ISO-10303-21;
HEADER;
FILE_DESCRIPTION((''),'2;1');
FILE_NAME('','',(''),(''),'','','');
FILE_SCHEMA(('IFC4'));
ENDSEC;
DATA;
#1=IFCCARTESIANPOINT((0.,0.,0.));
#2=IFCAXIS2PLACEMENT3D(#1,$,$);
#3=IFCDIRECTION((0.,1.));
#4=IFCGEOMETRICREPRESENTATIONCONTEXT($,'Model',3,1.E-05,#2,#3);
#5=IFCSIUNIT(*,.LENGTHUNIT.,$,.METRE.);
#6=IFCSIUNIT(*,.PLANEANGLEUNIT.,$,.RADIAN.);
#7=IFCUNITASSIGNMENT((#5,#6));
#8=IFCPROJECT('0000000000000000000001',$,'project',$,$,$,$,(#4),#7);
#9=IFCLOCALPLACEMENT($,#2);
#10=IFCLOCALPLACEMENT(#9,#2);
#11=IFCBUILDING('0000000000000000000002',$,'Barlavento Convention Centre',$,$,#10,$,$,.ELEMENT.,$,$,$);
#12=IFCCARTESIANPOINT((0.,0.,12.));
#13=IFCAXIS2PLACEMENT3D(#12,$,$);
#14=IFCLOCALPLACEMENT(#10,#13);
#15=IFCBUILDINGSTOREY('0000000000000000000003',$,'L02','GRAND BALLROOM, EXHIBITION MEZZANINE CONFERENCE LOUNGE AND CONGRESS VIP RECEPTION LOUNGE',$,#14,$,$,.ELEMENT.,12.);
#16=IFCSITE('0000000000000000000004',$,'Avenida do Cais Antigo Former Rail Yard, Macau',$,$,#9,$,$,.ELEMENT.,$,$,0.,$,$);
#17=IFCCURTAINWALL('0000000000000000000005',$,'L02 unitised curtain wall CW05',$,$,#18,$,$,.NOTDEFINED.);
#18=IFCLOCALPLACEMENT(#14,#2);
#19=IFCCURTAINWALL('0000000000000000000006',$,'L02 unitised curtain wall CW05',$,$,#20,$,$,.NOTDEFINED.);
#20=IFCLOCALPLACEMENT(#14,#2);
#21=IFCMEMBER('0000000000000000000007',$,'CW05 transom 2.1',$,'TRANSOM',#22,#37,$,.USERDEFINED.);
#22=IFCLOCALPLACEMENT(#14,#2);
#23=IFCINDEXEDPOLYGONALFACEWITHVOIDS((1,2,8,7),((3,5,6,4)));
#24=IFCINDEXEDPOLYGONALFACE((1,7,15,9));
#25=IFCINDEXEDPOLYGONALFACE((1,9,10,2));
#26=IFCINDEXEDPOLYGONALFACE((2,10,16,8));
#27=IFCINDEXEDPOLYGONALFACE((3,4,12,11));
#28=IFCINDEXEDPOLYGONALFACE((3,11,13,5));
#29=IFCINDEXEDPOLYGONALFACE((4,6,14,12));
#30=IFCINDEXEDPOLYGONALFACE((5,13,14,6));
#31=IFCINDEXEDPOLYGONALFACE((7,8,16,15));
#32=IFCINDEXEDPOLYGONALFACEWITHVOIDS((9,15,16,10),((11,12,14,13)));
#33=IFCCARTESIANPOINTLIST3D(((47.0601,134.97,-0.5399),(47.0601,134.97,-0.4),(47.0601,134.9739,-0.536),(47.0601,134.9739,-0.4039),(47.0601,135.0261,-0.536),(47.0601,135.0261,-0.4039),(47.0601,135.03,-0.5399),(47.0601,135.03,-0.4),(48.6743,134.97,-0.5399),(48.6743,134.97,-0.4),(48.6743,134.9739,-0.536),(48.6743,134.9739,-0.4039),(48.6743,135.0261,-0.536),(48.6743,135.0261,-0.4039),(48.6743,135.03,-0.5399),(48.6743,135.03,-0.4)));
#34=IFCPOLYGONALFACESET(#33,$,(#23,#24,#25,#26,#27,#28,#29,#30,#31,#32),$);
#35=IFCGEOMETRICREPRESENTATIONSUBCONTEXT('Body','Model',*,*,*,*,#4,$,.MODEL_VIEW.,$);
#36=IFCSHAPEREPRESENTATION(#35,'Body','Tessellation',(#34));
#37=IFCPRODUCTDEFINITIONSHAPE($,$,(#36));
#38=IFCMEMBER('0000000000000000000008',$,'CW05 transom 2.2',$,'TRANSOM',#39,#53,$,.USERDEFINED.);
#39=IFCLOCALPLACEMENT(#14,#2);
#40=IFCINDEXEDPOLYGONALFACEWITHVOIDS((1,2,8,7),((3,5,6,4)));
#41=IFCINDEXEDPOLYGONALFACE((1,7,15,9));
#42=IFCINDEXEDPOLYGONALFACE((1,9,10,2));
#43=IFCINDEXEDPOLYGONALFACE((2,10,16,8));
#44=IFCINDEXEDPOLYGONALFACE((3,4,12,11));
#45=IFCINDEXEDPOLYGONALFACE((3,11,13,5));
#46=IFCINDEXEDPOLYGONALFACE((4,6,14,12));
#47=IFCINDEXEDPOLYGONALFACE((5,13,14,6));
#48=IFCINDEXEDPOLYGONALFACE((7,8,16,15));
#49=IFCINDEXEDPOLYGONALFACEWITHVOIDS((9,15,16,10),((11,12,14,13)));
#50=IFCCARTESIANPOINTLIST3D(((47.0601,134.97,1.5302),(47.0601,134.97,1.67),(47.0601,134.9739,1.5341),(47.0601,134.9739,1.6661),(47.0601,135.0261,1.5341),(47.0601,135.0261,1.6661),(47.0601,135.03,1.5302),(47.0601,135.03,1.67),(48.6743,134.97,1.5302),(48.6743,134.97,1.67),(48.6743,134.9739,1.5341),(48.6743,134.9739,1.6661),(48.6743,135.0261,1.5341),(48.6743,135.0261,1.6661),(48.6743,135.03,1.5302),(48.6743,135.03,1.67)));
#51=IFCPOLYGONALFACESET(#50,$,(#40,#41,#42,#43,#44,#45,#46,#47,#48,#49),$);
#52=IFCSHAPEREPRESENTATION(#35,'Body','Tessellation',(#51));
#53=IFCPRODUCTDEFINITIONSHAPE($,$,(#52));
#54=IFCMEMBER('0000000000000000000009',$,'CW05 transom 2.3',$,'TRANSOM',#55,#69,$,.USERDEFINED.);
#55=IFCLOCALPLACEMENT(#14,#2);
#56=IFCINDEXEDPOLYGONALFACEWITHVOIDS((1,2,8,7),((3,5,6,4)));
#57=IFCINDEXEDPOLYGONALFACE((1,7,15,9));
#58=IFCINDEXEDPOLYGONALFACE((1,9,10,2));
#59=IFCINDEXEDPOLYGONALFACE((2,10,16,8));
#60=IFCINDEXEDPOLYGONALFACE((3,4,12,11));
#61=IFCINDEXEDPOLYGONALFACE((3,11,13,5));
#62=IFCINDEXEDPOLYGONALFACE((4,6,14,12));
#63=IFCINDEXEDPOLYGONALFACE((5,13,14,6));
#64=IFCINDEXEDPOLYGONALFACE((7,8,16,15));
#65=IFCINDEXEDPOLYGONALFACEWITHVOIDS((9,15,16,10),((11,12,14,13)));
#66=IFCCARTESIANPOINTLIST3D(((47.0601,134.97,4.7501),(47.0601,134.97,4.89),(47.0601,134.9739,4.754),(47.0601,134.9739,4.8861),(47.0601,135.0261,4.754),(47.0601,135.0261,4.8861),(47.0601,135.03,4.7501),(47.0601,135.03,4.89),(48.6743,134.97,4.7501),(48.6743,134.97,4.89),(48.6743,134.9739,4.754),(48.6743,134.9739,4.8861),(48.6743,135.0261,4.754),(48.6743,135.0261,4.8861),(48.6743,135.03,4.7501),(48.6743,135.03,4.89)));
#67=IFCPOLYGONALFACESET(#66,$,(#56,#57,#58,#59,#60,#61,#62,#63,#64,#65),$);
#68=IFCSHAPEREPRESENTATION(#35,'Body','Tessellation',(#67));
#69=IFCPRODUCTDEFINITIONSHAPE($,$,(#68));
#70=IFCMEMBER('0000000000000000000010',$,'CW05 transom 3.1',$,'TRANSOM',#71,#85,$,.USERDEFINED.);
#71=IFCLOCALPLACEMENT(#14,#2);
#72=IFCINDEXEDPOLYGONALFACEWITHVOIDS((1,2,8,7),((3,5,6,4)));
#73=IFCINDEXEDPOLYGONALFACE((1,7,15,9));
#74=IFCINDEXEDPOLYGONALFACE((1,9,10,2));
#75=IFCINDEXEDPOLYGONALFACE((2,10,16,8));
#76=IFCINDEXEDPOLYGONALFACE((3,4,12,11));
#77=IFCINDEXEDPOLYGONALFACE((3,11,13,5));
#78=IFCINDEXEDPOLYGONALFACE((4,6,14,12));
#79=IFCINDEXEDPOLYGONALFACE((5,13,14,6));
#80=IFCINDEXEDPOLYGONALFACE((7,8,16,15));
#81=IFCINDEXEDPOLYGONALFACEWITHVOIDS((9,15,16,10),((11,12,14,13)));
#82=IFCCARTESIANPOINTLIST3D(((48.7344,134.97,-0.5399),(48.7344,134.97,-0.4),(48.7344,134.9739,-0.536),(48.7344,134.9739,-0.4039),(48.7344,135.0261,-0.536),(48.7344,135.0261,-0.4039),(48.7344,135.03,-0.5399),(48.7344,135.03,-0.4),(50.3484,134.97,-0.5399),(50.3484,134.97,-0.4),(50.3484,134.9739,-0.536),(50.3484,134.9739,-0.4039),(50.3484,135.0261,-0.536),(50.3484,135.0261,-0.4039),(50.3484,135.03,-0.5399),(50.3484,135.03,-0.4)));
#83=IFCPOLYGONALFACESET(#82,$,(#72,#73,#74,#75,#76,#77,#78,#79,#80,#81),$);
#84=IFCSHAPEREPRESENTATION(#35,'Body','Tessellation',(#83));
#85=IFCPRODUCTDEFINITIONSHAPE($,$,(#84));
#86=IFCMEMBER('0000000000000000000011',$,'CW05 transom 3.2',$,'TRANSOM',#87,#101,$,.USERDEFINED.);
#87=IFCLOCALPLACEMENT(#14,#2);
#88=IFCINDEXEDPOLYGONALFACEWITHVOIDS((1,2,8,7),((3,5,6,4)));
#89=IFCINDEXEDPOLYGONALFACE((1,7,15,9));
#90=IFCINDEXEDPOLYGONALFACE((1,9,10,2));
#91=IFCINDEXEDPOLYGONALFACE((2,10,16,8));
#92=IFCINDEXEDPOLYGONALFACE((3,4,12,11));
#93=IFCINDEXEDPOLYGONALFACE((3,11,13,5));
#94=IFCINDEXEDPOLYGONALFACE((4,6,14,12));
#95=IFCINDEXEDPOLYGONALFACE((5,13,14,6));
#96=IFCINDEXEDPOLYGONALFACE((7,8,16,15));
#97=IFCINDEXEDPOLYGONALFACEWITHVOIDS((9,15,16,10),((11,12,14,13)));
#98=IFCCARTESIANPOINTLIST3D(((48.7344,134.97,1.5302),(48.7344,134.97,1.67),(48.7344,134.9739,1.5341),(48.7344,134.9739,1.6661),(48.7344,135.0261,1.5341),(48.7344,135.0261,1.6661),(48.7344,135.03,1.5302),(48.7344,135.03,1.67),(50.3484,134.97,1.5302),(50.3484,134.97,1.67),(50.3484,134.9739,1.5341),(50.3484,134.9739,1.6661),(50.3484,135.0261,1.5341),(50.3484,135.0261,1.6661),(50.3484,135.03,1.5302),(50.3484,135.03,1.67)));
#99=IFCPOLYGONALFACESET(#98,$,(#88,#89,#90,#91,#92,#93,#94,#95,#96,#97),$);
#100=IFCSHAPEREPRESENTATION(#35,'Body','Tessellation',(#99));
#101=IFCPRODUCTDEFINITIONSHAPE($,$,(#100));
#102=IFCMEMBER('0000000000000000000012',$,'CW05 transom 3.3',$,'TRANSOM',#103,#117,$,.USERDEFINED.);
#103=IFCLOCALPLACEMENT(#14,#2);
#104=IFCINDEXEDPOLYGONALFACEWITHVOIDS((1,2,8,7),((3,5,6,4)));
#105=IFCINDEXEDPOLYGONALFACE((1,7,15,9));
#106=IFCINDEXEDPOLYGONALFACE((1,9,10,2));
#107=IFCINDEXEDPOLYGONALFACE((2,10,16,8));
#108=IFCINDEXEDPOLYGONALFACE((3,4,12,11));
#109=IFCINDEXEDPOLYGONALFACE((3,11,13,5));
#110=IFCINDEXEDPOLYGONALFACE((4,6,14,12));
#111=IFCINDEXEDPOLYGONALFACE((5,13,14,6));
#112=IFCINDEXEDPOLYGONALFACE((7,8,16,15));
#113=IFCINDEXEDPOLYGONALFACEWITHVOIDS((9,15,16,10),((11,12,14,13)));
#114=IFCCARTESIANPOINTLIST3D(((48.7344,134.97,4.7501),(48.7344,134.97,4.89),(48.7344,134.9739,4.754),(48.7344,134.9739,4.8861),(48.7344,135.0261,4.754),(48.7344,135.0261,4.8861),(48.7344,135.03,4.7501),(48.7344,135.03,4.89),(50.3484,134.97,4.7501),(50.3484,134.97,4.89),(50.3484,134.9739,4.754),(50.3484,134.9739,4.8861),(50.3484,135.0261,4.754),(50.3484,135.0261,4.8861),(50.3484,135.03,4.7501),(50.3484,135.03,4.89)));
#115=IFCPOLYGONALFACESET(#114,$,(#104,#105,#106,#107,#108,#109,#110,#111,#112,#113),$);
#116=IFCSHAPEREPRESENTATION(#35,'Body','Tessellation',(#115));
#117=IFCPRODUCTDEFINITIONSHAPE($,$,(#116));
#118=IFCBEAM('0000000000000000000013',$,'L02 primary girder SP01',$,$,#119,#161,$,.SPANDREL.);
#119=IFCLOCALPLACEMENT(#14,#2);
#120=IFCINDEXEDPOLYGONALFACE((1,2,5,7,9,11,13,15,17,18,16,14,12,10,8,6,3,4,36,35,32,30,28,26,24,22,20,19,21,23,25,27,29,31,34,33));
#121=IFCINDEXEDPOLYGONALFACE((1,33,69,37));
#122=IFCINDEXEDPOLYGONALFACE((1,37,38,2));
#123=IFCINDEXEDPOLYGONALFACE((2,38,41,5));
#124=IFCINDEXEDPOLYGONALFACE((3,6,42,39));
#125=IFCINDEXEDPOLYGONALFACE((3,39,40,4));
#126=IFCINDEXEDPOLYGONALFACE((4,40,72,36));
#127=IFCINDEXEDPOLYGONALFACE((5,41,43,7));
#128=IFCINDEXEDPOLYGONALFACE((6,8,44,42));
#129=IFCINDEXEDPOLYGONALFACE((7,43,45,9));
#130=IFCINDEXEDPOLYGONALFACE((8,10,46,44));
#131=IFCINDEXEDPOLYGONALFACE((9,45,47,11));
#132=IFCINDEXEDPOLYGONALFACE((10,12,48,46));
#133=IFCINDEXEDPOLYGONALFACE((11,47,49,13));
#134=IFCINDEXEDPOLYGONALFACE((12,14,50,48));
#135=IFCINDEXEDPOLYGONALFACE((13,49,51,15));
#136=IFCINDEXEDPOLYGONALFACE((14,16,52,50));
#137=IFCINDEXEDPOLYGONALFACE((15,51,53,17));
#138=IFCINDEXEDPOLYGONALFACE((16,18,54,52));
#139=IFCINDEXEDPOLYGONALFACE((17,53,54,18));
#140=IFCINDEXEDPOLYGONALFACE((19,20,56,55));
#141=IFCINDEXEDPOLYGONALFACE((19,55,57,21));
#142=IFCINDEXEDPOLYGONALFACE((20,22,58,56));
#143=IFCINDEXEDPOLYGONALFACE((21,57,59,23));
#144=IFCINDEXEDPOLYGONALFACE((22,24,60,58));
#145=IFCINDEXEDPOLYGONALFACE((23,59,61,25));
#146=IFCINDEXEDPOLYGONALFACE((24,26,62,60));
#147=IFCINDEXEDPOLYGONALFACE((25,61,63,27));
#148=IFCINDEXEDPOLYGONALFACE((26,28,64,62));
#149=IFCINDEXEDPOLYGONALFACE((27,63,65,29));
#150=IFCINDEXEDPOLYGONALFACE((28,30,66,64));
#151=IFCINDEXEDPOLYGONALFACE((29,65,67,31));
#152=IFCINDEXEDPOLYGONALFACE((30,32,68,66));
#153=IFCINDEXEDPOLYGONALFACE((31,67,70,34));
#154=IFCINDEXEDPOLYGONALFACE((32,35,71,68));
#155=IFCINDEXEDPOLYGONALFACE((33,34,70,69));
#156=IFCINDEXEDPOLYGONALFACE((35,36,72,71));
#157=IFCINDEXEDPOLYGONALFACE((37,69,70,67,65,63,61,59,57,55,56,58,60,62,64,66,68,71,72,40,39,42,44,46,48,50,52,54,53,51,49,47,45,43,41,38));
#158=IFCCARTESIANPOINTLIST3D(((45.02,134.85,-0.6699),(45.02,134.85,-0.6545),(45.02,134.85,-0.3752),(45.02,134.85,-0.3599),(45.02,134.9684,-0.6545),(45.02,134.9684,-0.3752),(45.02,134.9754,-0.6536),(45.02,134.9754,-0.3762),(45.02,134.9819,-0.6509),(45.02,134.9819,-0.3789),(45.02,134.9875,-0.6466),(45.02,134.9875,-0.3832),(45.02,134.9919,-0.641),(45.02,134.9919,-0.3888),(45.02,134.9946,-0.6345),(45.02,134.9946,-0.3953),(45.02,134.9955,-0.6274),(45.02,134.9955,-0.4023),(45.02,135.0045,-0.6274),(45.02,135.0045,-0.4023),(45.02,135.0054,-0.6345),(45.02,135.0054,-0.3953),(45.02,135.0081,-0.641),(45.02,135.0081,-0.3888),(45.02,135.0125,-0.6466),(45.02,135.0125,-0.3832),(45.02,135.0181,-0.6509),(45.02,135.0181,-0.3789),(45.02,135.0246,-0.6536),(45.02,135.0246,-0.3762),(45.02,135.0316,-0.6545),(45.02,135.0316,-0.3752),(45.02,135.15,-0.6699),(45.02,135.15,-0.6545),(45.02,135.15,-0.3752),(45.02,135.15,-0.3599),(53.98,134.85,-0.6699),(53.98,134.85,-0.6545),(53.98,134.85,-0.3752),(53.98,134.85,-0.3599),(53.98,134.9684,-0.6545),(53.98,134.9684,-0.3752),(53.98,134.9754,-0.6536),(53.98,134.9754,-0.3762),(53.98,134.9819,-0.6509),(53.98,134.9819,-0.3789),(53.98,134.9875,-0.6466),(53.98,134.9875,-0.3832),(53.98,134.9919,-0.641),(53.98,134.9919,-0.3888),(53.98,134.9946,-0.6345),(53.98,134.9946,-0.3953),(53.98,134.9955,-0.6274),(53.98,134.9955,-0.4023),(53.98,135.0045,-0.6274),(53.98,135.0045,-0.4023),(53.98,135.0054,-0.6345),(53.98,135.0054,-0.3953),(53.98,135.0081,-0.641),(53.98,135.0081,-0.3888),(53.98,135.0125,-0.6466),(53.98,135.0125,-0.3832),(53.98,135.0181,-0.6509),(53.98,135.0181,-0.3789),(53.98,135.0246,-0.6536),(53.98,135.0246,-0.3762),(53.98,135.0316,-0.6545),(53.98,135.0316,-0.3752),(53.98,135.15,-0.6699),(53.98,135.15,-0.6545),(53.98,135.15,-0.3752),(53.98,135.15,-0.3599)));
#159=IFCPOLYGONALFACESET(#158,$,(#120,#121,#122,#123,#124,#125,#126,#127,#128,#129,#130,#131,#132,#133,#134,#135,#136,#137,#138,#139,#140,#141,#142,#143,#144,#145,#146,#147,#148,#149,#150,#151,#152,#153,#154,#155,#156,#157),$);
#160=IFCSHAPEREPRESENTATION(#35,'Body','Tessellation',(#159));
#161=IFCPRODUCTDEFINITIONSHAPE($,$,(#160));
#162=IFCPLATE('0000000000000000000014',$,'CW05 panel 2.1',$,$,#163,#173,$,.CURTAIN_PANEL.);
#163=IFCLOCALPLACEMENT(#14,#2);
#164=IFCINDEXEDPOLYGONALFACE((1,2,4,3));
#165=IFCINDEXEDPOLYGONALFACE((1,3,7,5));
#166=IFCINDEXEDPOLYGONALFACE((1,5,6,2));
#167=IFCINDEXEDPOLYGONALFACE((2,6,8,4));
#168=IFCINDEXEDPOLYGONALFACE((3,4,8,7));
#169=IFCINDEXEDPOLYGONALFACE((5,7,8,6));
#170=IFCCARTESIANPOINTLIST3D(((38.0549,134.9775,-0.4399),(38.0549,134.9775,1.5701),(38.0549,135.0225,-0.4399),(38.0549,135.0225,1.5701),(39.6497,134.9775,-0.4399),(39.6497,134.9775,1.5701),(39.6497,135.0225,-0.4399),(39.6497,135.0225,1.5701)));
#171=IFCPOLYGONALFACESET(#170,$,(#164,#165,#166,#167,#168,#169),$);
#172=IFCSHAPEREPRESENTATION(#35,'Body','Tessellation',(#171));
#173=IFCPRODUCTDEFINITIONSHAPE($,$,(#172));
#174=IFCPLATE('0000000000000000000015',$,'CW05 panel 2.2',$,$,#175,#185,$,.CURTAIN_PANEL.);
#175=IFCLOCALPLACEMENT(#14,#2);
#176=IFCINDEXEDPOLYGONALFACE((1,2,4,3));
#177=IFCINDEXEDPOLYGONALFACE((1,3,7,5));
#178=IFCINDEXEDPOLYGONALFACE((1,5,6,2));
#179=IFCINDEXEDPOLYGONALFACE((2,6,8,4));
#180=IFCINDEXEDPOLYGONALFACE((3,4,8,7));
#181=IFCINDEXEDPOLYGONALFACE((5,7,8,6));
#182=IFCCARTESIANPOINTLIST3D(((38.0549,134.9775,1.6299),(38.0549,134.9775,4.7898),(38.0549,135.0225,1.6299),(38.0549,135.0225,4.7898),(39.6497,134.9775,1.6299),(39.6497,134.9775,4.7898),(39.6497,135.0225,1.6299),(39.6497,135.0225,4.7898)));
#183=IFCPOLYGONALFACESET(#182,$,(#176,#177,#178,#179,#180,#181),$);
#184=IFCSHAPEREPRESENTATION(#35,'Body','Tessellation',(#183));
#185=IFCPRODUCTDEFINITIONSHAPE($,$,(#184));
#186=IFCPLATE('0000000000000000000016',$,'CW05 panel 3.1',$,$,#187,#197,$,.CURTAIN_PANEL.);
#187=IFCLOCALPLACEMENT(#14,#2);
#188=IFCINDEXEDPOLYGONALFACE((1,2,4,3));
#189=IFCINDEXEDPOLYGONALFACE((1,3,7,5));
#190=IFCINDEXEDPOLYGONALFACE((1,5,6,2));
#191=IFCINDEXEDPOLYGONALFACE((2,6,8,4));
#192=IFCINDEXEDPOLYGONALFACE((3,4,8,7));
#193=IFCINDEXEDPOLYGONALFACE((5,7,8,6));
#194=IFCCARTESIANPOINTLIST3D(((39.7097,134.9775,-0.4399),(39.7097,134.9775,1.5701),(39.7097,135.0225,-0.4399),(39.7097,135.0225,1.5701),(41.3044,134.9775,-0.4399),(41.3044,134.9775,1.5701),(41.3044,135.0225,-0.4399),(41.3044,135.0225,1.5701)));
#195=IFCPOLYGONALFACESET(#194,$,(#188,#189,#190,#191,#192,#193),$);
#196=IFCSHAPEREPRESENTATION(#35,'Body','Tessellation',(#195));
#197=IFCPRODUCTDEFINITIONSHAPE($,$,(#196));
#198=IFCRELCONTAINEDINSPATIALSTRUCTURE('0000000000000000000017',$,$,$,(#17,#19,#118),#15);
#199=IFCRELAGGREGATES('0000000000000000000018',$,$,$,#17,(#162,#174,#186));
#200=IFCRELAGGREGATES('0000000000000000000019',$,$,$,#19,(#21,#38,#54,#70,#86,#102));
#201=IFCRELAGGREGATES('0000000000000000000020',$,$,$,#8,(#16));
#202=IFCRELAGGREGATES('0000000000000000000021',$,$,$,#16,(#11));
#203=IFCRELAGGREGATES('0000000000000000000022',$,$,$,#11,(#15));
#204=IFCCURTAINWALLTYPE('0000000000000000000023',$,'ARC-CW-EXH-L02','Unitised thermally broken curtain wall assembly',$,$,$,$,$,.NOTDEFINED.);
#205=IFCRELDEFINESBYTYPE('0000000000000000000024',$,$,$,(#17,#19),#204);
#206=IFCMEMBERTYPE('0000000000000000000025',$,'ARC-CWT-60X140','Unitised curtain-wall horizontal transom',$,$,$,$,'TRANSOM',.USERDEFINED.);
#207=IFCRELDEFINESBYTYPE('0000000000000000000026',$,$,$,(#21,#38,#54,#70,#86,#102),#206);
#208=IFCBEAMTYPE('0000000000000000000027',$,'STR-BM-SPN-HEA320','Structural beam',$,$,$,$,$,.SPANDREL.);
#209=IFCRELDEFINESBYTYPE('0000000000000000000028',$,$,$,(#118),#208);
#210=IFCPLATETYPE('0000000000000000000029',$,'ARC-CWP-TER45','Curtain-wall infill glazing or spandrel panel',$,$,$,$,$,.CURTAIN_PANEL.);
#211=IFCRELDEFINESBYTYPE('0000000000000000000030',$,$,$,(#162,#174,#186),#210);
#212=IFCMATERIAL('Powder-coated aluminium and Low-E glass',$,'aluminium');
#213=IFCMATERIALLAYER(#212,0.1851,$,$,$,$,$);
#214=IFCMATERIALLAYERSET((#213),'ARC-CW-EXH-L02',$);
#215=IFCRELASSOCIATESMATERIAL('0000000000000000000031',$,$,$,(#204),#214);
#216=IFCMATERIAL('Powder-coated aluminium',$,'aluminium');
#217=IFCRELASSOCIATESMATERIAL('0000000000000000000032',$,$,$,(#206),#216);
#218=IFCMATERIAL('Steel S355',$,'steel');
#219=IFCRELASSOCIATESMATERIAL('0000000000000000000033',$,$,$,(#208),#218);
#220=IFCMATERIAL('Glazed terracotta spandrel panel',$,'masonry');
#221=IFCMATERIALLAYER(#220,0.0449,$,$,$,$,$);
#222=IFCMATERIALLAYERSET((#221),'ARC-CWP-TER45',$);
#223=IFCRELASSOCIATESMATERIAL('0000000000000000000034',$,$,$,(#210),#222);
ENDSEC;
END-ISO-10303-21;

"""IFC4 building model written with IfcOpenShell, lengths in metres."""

from ifc_helpers import new_model, si_unit, direction, frame, origin, origin_2d, place, context, subcontext, project, spatial, rectangle, hollow_rectangle, i_section, extrude, material, layer, layer_set, material_profile, profile_set, type_object, element, aggregate, save


model = new_model("IFC4")

# Units and contexts
model_context = context("Model", 3, precision=1e-05, world=origin(), true_north=direction((0.0, 1.0)))
body_context = subcontext(model_context, "Body", "Model", "MODEL_VIEW")
ifc_project = project(units=[si_unit("LENGTHUNIT", "METRE"), si_unit("PLANEANGLEUNIT", "RADIAN")], contexts=[model_context])

# Site, building, storey
site_placement = place(None, origin())
site = spatial("IfcSite", under=ifc_project, at=site_placement, Name="Avenida do Cais Antigo Former Rail Yard, Macau", CompositionType="ELEMENT", RefElevation=0.0)
building_placement = place(site_placement, origin())
building = spatial("IfcBuilding", under=site, at=building_placement, Name="Barlavento Convention Centre", CompositionType="ELEMENT")
storey_placement = place(building_placement, frame((0.0, 0.0, 12.0)))
storey = spatial("IfcBuildingStorey", under=building, at=storey_placement, Name="L02", Description="GRAND BALLROOM, EXHIBITION MEZZANINE CONFERENCE LOUNGE AND CONGRESS VIP RECEPTION LOUNGE", CompositionType="ELEMENT", Elevation=12.0)

# Shared definitions
ifc_material_1 = material(Name="Steel S355", Category="steel")

# Curtain walls
ifc_material_2 = material(Name="Powder-coated aluminium and Low-E glass", Category="aluminium")
ifc_layer_1 = layer(ifc_material_2, 0.1851)
ifc_layer_set_1 = layer_set([ifc_layer_1], Name="ARC-CW-EXH-L02")
curtain_wall_type = type_object("IfcCurtainWallType", Name="ARC-CW-EXH-L02", Description="Unitised thermally broken curtain wall assembly", PredefinedType="NOTDEFINED", material=ifc_layer_set_1)
curtain_wall_1_placement = place(storey_placement, origin())
curtain_wall_1 = element("IfcCurtainWall", 1, at=curtain_wall_1_placement, inside=storey, type_object=curtain_wall_type, Name="L02 unitised curtain wall CW05", PredefinedType="NOTDEFINED")
ifc_material_3 = material(Name="Powder-coated aluminium", Category="aluminium")
curtain_wall_2_placement = place(storey_placement, origin())
curtain_wall_2 = element("IfcCurtainWall", 2, at=curtain_wall_2_placement, inside=storey, type_object=curtain_wall_type, Name="L02 unitised curtain wall CW05", PredefinedType="NOTDEFINED")

# Members
ifc_material_profile_1 = material_profile(ifc_material_3, hollow_rectangle(XDim=0.0601, YDim=0.1399, WallThickness=0.0039, at=origin_2d()), Name="AL-TRAN 60x140x4")
ifc_profile_set_1 = profile_set([ifc_material_profile_1], Name="Powder-coated aluminium")
member_type_1 = type_object("IfcMemberType", Name="ARC-CWT-60X140", Description="Unitised curtain-wall horizontal transom", ElementType="TRANSOM", PredefinedType="USERDEFINED", material=ifc_profile_set_1)
member_1_placement = place(storey_placement, frame((47.0601, 135.0, -0.47), z_axis=(1.0, 0.0, 0.0), x_axis=(0.0, 1.0, 0.0)))
member_1 = element("IfcMember", 3, at=member_1_placement, type_object=member_type_1, Name="CW05 transom 2.1", ObjectType="TRANSOM", PredefinedType="USERDEFINED", context=body_context, shape_type="SweptSolid", body=[
    extrude(hollow_rectangle(XDim=0.0601, YDim=0.1399, WallThickness=0.0039, at=origin_2d()), origin(), (0.0, 0.0, 1.0), 1.6143),
])
member_2_placement = place(storey_placement, frame((47.0601, 135.0, 1.6001), z_axis=(1.0, 0.0, 0.0), x_axis=(0.0, 1.0, 0.0)))
member_2 = element("IfcMember", 4, at=member_2_placement, type_object=member_type_1, Name="CW05 transom 2.2", ObjectType="TRANSOM", PredefinedType="USERDEFINED", context=body_context, shape_type="SweptSolid", body=[
    extrude(hollow_rectangle(XDim=0.0601, YDim=0.1399, WallThickness=0.0039, at=origin_2d()), origin(), (0.0, 0.0, 1.0), 1.6143),
])
member_3_placement = place(storey_placement, frame((47.0601, 135.0, 4.8201), z_axis=(1.0, 0.0, 0.0), x_axis=(0.0, 1.0, 0.0)))
member_3 = element("IfcMember", 5, at=member_3_placement, type_object=member_type_1, Name="CW05 transom 2.3", ObjectType="TRANSOM", PredefinedType="USERDEFINED", context=body_context, shape_type="SweptSolid", body=[
    extrude(hollow_rectangle(XDim=0.0601, YDim=0.1399, WallThickness=0.0039, at=origin_2d()), origin(), (0.0, 0.0, 1.0), 1.6143),
])
member_4_placement = place(storey_placement, frame((48.7344, 135.0, -0.47), z_axis=(1.0, 0.0, 0.0), x_axis=(0.0, 1.0, 0.0)))
member_4 = element("IfcMember", 6, at=member_4_placement, type_object=member_type_1, Name="CW05 transom 3.1", ObjectType="TRANSOM", PredefinedType="USERDEFINED", context=body_context, shape_type="SweptSolid", body=[
    extrude(hollow_rectangle(XDim=0.0601, YDim=0.1399, WallThickness=0.0039, at=origin_2d()), origin(), (0.0, 0.0, 1.0), 1.614),
])
member_5_placement = place(storey_placement, frame((48.7344, 135.0, 1.6001), z_axis=(1.0, 0.0, 0.0), x_axis=(0.0, 1.0, 0.0)))
member_5 = element("IfcMember", 7, at=member_5_placement, type_object=member_type_1, Name="CW05 transom 3.2", ObjectType="TRANSOM", PredefinedType="USERDEFINED", context=body_context, shape_type="SweptSolid", body=[
    extrude(hollow_rectangle(XDim=0.0601, YDim=0.1399, WallThickness=0.0039, at=origin_2d()), origin(), (0.0, 0.0, 1.0), 1.614),
])
member_6_placement = place(storey_placement, frame((48.7344, 135.0, 4.8201), z_axis=(1.0, 0.0, 0.0), x_axis=(0.0, 1.0, 0.0)))
member_6 = element("IfcMember", 8, at=member_6_placement, type_object=member_type_1, Name="CW05 transom 3.3", ObjectType="TRANSOM", PredefinedType="USERDEFINED", context=body_context, shape_type="SweptSolid", body=[
    extrude(hollow_rectangle(XDim=0.0601, YDim=0.1399, WallThickness=0.0039, at=origin_2d()), origin(), (0.0, 0.0, 1.0), 1.614),
])

# Beam
ifc_material_profile_2 = material_profile(ifc_material_1, i_section(OverallWidth=0.3, OverallDepth=0.3101, WebThickness=0.009, FlangeThickness=0.0154, FilletRadius=0.0271, at=origin_2d()), Name="HEA 320")
ifc_profile_set_2 = profile_set([ifc_material_profile_2], Name="Steel S355")
beam_type = type_object("IfcBeamType", Name="STR-BM-SPN-HEA320", Description="Structural beam", PredefinedType="SPANDREL", material=ifc_profile_set_2)
beam_placement = place(storey_placement, frame((45.02, 135.0, -0.5149), z_axis=(1.0, 0.0, 0.0), x_axis=(0.0, 1.0, 0.0)))
element("IfcBeam", 9, at=beam_placement, inside=storey, type_object=beam_type, Name="L02 primary girder SP01", PredefinedType="SPANDREL", context=body_context, shape_type="SweptSolid", body=[
    extrude(i_section(OverallWidth=0.3, OverallDepth=0.3101, WebThickness=0.009, FlangeThickness=0.0154, FilletRadius=0.0271, at=origin_2d()), origin(), (0.0, 0.0, 1.0), 8.96),
])

# Plates
ifc_material_4 = material(Name="Glazed terracotta spandrel panel", Category="masonry")
ifc_layer_2 = layer(ifc_material_4, 0.0449)
ifc_layer_set_2 = layer_set([ifc_layer_2], Name="ARC-CWP-TER45")
plate_type = type_object("IfcPlateType", Name="ARC-CWP-TER45", Description="Curtain-wall infill glazing or spandrel panel", PredefinedType="CURTAIN_PANEL", material=ifc_layer_set_2)
plate_1_placement = place(storey_placement, frame((38.8523, 135.0, -0.4399), z_axis=(0.0, 0.0, 1.0), x_axis=(1.0, 0.0, 0.0)))
plate_1 = element("IfcPlate", 10, at=plate_1_placement, type_object=plate_type, Name="CW05 panel 2.1", PredefinedType="CURTAIN_PANEL", context=body_context, shape_type="SweptSolid", body=[
    extrude(rectangle(XDim=1.5947, YDim=0.0449, at=origin_2d()), origin(), (0.0, 0.0, 1.0), 2.01),
])
plate_2_placement = place(storey_placement, frame((38.8523, 135.0, 1.6299), z_axis=(0.0, 0.0, 1.0), x_axis=(1.0, 0.0, 0.0)))
plate_2 = element("IfcPlate", 11, at=plate_2_placement, type_object=plate_type, Name="CW05 panel 2.2", PredefinedType="CURTAIN_PANEL", context=body_context, shape_type="SweptSolid", body=[
    extrude(rectangle(XDim=1.5947, YDim=0.0449, at=origin_2d()), origin(), (0.0, 0.0, 1.0), 3.1599),
])
plate_3_placement = place(storey_placement, frame((40.5071, 135.0, -0.4399), z_axis=(0.0, 0.0, 1.0), x_axis=(1.0, 0.0, 0.0)))
plate_3 = element("IfcPlate", 12, at=plate_3_placement, type_object=plate_type, Name="CW05 panel 3.1", PredefinedType="CURTAIN_PANEL", context=body_context, shape_type="SweptSolid", body=[
    extrude(rectangle(XDim=1.5947, YDim=0.0449, at=origin_2d()), origin(), (0.0, 0.0, 1.0), 2.01),
])
aggregate(curtain_wall_1, [plate_1, plate_2, plate_3])
aggregate(curtain_wall_2, [member_1, member_2, member_3, member_4, member_5, member_6])

save(model, "model.ifc")
